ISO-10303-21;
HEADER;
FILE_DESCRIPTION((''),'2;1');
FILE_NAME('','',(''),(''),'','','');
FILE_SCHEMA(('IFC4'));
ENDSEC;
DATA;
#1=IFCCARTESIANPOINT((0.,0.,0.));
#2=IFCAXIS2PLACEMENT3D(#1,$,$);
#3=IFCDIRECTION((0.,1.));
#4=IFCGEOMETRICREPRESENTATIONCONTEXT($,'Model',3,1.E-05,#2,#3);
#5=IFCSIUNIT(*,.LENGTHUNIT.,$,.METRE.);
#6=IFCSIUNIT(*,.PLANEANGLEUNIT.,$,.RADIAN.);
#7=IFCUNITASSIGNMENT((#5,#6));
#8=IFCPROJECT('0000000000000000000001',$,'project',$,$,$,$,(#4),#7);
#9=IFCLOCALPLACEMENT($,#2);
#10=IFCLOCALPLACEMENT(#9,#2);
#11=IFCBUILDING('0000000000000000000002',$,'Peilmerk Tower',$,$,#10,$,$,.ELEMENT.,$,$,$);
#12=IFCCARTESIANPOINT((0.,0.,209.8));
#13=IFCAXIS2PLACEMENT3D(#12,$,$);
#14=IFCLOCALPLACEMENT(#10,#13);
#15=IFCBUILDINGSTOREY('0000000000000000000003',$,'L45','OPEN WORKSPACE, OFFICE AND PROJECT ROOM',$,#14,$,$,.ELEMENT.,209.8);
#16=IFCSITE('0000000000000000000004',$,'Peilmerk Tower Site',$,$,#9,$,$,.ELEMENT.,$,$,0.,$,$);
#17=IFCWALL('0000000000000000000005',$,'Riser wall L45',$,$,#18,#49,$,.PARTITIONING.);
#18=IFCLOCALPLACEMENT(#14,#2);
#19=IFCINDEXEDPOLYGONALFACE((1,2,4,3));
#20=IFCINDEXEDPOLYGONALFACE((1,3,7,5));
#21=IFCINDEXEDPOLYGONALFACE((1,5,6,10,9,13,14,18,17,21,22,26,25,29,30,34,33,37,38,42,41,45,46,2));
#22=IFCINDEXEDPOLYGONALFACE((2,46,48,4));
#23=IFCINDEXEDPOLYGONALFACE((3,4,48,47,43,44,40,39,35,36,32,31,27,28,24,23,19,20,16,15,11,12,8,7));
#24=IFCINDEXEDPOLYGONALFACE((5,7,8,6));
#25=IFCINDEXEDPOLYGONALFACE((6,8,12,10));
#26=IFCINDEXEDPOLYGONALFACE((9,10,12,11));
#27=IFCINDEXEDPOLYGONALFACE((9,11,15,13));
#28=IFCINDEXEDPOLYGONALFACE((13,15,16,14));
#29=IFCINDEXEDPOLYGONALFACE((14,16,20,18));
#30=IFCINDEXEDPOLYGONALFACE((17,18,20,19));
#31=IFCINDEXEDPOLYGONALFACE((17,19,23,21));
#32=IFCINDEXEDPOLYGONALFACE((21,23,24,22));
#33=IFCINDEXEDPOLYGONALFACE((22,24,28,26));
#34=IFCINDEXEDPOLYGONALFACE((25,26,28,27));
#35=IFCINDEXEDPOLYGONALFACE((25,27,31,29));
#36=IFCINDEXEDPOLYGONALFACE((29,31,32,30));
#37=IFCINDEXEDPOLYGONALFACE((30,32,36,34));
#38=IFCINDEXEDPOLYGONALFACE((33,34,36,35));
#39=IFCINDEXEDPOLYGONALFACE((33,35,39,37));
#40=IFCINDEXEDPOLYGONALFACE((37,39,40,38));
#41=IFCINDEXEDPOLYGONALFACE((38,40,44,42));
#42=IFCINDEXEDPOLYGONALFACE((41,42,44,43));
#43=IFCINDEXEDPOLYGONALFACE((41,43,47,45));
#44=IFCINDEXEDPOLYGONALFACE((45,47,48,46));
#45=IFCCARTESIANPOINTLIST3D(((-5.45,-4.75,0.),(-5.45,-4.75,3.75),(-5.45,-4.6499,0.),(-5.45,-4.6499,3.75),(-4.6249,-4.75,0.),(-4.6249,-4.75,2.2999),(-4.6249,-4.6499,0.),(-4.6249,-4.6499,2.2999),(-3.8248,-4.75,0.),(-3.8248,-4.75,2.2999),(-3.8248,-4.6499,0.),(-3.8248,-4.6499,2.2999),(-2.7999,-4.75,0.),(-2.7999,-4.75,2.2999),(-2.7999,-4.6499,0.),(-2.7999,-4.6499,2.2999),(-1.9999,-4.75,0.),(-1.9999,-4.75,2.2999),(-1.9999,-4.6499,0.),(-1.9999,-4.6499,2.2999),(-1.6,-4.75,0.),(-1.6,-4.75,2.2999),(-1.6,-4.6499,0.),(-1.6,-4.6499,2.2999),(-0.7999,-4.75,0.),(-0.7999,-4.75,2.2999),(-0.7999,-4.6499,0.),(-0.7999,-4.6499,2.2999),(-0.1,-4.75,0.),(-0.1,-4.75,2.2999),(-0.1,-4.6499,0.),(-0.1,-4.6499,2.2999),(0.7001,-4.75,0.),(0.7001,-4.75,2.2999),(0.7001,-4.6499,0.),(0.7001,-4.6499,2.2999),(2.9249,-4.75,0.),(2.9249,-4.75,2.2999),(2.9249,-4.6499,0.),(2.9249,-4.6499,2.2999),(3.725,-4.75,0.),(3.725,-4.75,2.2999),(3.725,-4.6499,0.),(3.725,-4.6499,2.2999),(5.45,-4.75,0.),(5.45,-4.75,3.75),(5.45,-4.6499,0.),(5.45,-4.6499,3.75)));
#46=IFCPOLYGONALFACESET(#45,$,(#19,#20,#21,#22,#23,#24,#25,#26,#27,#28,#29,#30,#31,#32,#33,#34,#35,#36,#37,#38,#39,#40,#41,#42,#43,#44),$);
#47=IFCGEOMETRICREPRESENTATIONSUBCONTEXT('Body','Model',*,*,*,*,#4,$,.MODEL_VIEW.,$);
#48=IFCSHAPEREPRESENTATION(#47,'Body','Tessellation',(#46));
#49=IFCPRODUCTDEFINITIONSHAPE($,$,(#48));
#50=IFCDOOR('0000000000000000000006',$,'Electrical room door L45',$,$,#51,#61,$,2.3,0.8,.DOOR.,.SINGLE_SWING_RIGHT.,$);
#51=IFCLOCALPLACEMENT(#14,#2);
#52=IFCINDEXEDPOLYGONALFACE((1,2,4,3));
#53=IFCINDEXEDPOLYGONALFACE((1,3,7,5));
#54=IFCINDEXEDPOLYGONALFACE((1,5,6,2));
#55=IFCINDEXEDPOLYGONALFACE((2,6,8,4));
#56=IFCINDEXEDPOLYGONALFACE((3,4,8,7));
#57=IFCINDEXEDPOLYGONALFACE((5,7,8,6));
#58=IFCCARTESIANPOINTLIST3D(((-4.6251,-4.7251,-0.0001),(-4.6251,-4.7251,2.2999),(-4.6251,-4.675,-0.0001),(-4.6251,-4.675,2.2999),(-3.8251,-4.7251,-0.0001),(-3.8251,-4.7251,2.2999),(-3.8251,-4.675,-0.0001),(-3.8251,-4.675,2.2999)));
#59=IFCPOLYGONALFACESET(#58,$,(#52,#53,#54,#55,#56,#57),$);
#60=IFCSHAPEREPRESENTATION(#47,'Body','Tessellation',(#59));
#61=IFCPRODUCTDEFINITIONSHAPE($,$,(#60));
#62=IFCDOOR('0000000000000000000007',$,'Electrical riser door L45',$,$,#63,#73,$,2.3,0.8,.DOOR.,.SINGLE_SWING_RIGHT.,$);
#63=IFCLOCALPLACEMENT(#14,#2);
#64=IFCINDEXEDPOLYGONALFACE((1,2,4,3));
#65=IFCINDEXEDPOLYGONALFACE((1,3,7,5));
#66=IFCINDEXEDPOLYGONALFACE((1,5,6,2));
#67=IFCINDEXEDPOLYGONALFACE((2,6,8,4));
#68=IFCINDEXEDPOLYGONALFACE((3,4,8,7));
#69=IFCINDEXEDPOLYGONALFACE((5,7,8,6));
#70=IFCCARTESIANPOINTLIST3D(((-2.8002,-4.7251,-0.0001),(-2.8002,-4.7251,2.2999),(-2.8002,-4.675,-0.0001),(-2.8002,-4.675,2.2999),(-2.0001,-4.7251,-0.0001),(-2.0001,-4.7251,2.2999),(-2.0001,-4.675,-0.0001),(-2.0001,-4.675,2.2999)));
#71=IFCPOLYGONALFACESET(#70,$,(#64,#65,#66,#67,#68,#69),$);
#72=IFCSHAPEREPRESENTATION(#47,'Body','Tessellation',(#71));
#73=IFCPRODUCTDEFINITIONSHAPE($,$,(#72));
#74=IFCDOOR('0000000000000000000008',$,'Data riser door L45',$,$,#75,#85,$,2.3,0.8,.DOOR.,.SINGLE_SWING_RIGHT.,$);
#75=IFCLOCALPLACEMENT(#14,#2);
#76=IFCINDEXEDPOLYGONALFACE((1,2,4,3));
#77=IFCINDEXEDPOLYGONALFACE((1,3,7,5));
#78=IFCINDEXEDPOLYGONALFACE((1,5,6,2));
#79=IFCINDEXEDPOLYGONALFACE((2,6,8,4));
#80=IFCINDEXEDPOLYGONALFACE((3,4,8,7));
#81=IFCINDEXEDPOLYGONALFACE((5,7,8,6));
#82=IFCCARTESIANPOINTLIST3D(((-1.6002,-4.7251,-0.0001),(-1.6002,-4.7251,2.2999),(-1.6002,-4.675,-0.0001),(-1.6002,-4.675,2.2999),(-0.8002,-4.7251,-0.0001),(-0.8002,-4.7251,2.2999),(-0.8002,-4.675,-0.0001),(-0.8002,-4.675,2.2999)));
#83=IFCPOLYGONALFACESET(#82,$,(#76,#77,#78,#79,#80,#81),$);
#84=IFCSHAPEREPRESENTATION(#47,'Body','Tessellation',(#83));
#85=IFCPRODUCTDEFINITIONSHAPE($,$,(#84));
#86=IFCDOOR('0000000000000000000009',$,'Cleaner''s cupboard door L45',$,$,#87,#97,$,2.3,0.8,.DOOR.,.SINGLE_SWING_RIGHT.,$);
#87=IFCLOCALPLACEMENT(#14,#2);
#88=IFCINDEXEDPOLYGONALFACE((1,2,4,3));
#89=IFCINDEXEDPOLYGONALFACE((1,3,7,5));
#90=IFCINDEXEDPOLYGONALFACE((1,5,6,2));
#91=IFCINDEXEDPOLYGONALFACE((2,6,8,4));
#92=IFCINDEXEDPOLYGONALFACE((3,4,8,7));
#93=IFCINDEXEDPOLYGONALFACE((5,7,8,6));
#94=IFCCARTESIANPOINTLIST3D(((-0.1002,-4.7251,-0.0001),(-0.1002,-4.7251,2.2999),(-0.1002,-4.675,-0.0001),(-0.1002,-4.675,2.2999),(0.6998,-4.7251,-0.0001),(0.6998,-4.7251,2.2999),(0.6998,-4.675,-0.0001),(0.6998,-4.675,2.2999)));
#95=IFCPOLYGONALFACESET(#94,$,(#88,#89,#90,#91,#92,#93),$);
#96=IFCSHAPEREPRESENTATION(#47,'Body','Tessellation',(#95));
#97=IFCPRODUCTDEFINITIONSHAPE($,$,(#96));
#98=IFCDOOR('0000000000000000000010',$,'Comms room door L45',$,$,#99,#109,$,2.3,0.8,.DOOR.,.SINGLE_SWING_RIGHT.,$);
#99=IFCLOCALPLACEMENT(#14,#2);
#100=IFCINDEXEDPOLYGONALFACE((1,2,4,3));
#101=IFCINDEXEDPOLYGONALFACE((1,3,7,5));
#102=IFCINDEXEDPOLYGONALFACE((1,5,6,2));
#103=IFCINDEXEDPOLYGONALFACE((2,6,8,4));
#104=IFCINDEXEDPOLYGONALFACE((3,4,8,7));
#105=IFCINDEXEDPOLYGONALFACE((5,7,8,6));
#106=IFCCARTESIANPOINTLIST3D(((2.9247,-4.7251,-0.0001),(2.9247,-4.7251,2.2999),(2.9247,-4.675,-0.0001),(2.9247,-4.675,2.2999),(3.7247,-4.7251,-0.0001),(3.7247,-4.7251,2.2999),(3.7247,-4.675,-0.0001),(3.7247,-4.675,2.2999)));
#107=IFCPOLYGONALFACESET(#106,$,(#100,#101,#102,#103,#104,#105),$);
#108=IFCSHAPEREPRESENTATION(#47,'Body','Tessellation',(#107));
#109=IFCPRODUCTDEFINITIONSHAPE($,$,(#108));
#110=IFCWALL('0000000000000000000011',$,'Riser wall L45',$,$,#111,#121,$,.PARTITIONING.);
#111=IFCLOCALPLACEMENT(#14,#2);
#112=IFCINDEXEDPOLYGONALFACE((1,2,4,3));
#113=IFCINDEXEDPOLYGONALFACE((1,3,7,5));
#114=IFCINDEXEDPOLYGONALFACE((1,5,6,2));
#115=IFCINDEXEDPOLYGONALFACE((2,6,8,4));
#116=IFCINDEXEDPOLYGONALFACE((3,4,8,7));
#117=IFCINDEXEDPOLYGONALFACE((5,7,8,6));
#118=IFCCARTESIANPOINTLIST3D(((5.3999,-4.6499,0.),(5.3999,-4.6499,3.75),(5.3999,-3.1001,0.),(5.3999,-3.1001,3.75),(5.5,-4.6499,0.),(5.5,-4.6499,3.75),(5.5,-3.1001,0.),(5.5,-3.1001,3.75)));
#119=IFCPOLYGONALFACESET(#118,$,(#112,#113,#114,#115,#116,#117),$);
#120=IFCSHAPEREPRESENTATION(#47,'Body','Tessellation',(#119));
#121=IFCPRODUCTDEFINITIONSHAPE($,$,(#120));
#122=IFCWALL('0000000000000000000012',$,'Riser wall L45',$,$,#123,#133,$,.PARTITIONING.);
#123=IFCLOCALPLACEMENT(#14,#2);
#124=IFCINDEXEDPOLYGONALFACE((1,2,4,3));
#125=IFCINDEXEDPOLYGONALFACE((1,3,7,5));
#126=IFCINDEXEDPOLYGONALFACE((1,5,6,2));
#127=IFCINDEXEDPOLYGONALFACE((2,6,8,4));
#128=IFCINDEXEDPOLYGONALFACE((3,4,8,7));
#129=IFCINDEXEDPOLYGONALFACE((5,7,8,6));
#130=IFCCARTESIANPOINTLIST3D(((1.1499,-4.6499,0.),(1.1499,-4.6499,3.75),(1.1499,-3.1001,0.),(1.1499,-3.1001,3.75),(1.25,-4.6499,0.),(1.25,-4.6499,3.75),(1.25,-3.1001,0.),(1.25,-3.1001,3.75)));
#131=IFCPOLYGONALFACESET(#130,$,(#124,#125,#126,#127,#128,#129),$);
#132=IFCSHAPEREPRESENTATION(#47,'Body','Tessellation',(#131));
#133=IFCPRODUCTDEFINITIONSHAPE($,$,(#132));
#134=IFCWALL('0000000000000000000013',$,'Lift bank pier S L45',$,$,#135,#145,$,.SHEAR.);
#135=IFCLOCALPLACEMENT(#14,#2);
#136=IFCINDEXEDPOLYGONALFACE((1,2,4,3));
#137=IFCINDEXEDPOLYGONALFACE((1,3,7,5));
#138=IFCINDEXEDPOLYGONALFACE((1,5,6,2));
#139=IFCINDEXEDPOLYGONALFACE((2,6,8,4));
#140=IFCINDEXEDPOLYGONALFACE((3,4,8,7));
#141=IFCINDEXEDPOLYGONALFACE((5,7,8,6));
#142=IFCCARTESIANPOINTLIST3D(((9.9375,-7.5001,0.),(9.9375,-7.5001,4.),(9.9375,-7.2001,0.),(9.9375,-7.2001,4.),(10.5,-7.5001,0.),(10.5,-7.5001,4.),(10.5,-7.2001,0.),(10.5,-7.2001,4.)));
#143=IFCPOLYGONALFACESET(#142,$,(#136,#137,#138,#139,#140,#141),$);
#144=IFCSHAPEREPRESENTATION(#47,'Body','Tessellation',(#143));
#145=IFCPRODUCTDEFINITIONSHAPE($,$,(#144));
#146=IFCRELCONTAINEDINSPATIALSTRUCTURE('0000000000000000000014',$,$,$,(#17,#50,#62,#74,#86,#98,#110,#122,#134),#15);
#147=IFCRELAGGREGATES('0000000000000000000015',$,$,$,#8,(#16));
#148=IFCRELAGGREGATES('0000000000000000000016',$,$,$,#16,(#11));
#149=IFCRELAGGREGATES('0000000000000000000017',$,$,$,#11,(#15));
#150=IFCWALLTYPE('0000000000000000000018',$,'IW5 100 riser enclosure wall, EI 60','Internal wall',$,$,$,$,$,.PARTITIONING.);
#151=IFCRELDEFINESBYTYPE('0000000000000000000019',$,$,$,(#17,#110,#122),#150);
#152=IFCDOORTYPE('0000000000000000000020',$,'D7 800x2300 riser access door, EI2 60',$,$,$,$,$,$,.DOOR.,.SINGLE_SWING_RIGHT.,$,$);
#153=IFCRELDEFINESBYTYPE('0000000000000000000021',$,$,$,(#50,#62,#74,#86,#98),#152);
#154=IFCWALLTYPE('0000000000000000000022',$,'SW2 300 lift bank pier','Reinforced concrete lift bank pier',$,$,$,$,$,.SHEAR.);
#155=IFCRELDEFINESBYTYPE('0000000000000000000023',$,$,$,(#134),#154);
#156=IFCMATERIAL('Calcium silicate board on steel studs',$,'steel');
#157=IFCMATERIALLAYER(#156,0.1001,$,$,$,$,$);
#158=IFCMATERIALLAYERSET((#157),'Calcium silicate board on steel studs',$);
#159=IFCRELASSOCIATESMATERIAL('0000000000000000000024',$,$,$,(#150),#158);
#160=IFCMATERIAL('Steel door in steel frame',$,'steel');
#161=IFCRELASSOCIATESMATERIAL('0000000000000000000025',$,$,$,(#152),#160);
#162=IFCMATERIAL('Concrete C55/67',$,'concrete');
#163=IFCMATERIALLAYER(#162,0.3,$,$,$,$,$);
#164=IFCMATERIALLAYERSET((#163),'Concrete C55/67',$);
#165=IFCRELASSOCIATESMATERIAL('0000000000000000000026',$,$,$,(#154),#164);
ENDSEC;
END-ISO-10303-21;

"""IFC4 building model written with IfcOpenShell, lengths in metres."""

from ifc_helpers import new_model, si_unit, direction, frame, frame_2d, origin, place, context, subcontext, project, spatial, rectangle, extrude, material, layer, layer_set, type_object, element, fill, save


model = new_model("IFC4")

# Units and contexts
model_context = context("Model", 3, precision=1e-05, world=origin(), true_north=direction((0.0, 1.0)))
body_context = subcontext(model_context, "Body", "Model", "MODEL_VIEW")
ifc_project = project(units=[si_unit("LENGTHUNIT", "METRE"), si_unit("PLANEANGLEUNIT", "RADIAN")], contexts=[model_context])

# Site, building, storey
site_placement = place(None, origin())
site = spatial("IfcSite", under=ifc_project, at=site_placement, Name="Peilmerk Tower Site", CompositionType="ELEMENT", RefElevation=0.0)
building_placement = place(site_placement, origin())
building = spatial("IfcBuilding", under=site, at=building_placement, Name="Peilmerk Tower", CompositionType="ELEMENT")
storey_placement = place(building_placement, frame((0.0, 0.0, 209.8)))
storey = spatial("IfcBuildingStorey", under=building, at=storey_placement, Name="L45", Description="OPEN WORKSPACE, OFFICE AND PROJECT ROOM", CompositionType="ELEMENT", Elevation=209.8)

# Shared definitions
ifc_material_1 = material(Name="Steel door in steel frame", Category="steel")

# Shared definitions
ifc_material_2 = material(Name="Calcium silicate board on steel studs", Category="steel")
ifc_layer_1 = layer(ifc_material_2, 0.1001)
ifc_layer_set_1 = layer_set([ifc_layer_1], Name="Calcium silicate board on steel studs")
wall_type_1 = type_object("IfcWallType", Name="IW5 100 riser enclosure wall, EI 60", Description="Internal wall", PredefinedType="PARTITIONING", material=ifc_layer_set_1)

# Wall, openings, doors
wall_1_placement = place(storey_placement, frame((5.45, -4.7, 0.0), z_axis=(0.0, 0.0, 1.0), x_axis=(-1.0, 0.0, 0.0)))
wall_1 = element("IfcWall", 1, at=wall_1_placement, inside=storey, type_object=wall_type_1, Name="Riser wall L45", PredefinedType="PARTITIONING", context=body_context, shape_type="SweptSolid", body=[
    extrude(rectangle(XDim=10.8999, YDim=0.1001, at=frame_2d((5.45, 0.0))), origin(), (0.0, 0.0, 1.0), 3.75),
])
opening_1_placement = place(wall_1_placement, frame((9.2749, 0.0, 0.0)))
opening_1 = element("IfcOpeningElement", 2, at=opening_1_placement, cuts=wall_1, PredefinedType="OPENING", context=body_context, shape_type="SweptSolid", body=[
    extrude(rectangle(XDim=0.8, YDim=2.3, at=frame_2d((0.3999, 1.1499))), frame((0.0, 0.0601, 0.0), z_axis=(0.0, -1.0, 0.0), x_axis=(1.0, 0.0, 0.0)), (0.0, 0.0, 1.0), 0.1201),
])
opening_2_placement = place(wall_1_placement, frame((7.45, 0.0, 0.0)))
opening_2 = element("IfcOpeningElement", 3, at=opening_2_placement, cuts=wall_1, PredefinedType="OPENING", context=body_context, shape_type="SweptSolid", body=[
    extrude(rectangle(XDim=0.8, YDim=2.3, at=frame_2d((0.3999, 1.1499))), frame((0.0, 0.0601, 0.0), z_axis=(0.0, -1.0, 0.0), x_axis=(1.0, 0.0, 0.0)), (0.0, 0.0, 1.0), 0.1201),
])
opening_3_placement = place(wall_1_placement, frame((6.25, 0.0, 0.0)))
opening_3 = element("IfcOpeningElement", 4, at=opening_3_placement, cuts=wall_1, PredefinedType="OPENING", context=body_context, shape_type="SweptSolid", body=[
    extrude(rectangle(XDim=0.8, YDim=2.3, at=frame_2d((0.3999, 1.1499))), frame((0.0, 0.0601, 0.0), z_axis=(0.0, -1.0, 0.0), x_axis=(1.0, 0.0, 0.0)), (0.0, 0.0, 1.0), 0.1201),
])
opening_4_placement = place(wall_1_placement, frame((4.75, 0.0, 0.0)))
opening_4 = element("IfcOpeningElement", 5, at=opening_4_placement, cuts=wall_1, PredefinedType="OPENING", context=body_context, shape_type="SweptSolid", body=[
    extrude(rectangle(XDim=0.8, YDim=2.3, at=frame_2d((0.3999, 1.1499))), frame((0.0, 0.0601, 0.0), z_axis=(0.0, -1.0, 0.0), x_axis=(1.0, 0.0, 0.0)), (0.0, 0.0, 1.0), 0.1201),
])
opening_5_placement = place(wall_1_placement, frame((1.7251, 0.0, 0.0)))
opening_5 = element("IfcOpeningElement", 6, at=opening_5_placement, cuts=wall_1, PredefinedType="OPENING", context=body_context, shape_type="SweptSolid", body=[
    extrude(rectangle(XDim=0.8, YDim=2.3, at=frame_2d((0.3999, 1.1499))), frame((0.0, 0.0601, 0.0), z_axis=(0.0, -1.0, 0.0), x_axis=(1.0, 0.0, 0.0)), (0.0, 0.0, 1.0), 0.1201),
])
door_type_1 = type_object("IfcDoorType", Name="D7 800x2300 riser access door, EI2 60", OperationType="SINGLE_SWING_RIGHT", PredefinedType="DOOR", material=ifc_material_1)
door_1_placement = place(opening_1_placement, frame((0.8, 0.0, 0.0), z_axis=(0.0, 0.0, 1.0), x_axis=(-1.0, 0.0, 0.0)))
door_1 = element("IfcDoor", 7, at=door_1_placement, inside=storey, type_object=door_type_1, Name="Electrical room door L45", OperationType="SINGLE_SWING_RIGHT", OverallHeight=2.3, OverallWidth=0.8, PredefinedType="DOOR", context=body_context, shape_type="SweptSolid", body=[
    extrude(rectangle(XDim=0.8, YDim=2.3, at=frame_2d((0.3999, 1.1499))), frame((0.0, 0.0249, 0.0), z_axis=(0.0, -1.0, 0.0), x_axis=(1.0, 0.0, 0.0)), (0.0, 0.0, 1.0), 0.05),
])
fill(opening_1, door_1)
door_2_placement = place(opening_2_placement, frame((0.8, 0.0, 0.0), z_axis=(0.0, 0.0, 1.0), x_axis=(-1.0, 0.0, 0.0)))
door_2 = element("IfcDoor", 8, at=door_2_placement, inside=storey, type_object=door_type_1, Name="Electrical riser door L45", OperationType="SINGLE_SWING_RIGHT", OverallHeight=2.3, OverallWidth=0.8, PredefinedType="DOOR", context=body_context, shape_type="SweptSolid", body=[
    extrude(rectangle(XDim=0.8, YDim=2.3, at=frame_2d((0.3999, 1.1499))), frame((0.0, 0.0249, 0.0), z_axis=(0.0, -1.0, 0.0), x_axis=(1.0, 0.0, 0.0)), (0.0, 0.0, 1.0), 0.05),
])
fill(opening_2, door_2)
door_3_placement = place(opening_3_placement, frame((0.8, 0.0, 0.0), z_axis=(0.0, 0.0, 1.0), x_axis=(-1.0, 0.0, 0.0)))
door_3 = element("IfcDoor", 9, at=door_3_placement, inside=storey, type_object=door_type_1, Name="Data riser door L45", OperationType="SINGLE_SWING_RIGHT", OverallHeight=2.3, OverallWidth=0.8, PredefinedType="DOOR", context=body_context, shape_type="SweptSolid", body=[
    extrude(rectangle(XDim=0.8, YDim=2.3, at=frame_2d((0.3999, 1.1499))), frame((0.0, 0.0249, 0.0), z_axis=(0.0, -1.0, 0.0), x_axis=(1.0, 0.0, 0.0)), (0.0, 0.0, 1.0), 0.05),
])
fill(opening_3, door_3)
door_4_placement = place(opening_4_placement, frame((0.8, 0.0, 0.0), z_axis=(0.0, 0.0, 1.0), x_axis=(-1.0, 0.0, 0.0)))
door_4 = element("IfcDoor", 10, at=door_4_placement, inside=storey, type_object=door_type_1, Name="Cleaner's cupboard door L45", OperationType="SINGLE_SWING_RIGHT", OverallHeight=2.3, OverallWidth=0.8, PredefinedType="DOOR", context=body_context, shape_type="SweptSolid", body=[
    extrude(rectangle(XDim=0.8, YDim=2.3, at=frame_2d((0.3999, 1.1499))), frame((0.0, 0.0249, 0.0), z_axis=(0.0, -1.0, 0.0), x_axis=(1.0, 0.0, 0.0)), (0.0, 0.0, 1.0), 0.05),
])
fill(opening_4, door_4)
door_5_placement = place(opening_5_placement, frame((0.8, 0.0, 0.0), z_axis=(0.0, 0.0, 1.0), x_axis=(-1.0, 0.0, 0.0)))
door_5 = element("IfcDoor", 11, at=door_5_placement, inside=storey, type_object=door_type_1, Name="Comms room door L45", OperationType="SINGLE_SWING_RIGHT", OverallHeight=2.3, OverallWidth=0.8, PredefinedType="DOOR", context=body_context, shape_type="SweptSolid", body=[
    extrude(rectangle(XDim=0.8, YDim=2.3, at=frame_2d((0.3999, 1.1499))), frame((0.0, 0.0249, 0.0), z_axis=(0.0, -1.0, 0.0), x_axis=(1.0, 0.0, 0.0)), (0.0, 0.0, 1.0), 0.05),
])
fill(opening_5, door_5)

# Walls
for number, where, z_axis, x_axis, name in (
    (12, (5.45, -3.1001, 0.0), (0.0, 0.0, 1.0), (0.0, -1.0, 0.0), "Riser wall L45"),
    (13, (1.2, -3.1001, 0.0), (0.0, 0.0, 1.0), (0.0, -1.0, 0.0), "Riser wall L45"),
):
    element("IfcWall", number, at=place(storey_placement, frame(where, z_axis=z_axis, x_axis=x_axis)), inside=storey, type_object=wall_type_1, Name=name, PredefinedType="PARTITIONING", context=body_context, shape_type="SweptSolid", body=[
        extrude(rectangle(XDim=1.5498, YDim=0.1001, at=frame_2d((0.7749, 0.0))), origin(), (0.0, 0.0, 1.0), 3.75),
    ])
ifc_material_3 = material(Name="Concrete C55/67", Category="concrete")
ifc_layer_2 = layer(ifc_material_3, 0.3)
ifc_layer_set_2 = layer_set([ifc_layer_2], Name="Concrete C55/67")
wall_type_2 = type_object("IfcWallType", Name="SW2 300 lift bank pier", Description="Reinforced concrete lift bank pier", PredefinedType="SHEAR", material=ifc_layer_set_2)
wall_2_placement = place(storey_placement, frame((9.9375, -7.3501, 0.0), z_axis=(0.0, 0.0, 1.0), x_axis=(1.0, 0.0, 0.0)))
element("IfcWall", 14, at=wall_2_placement, inside=storey, type_object=wall_type_2, Name="Lift bank pier S L45", PredefinedType="SHEAR", context=body_context, shape_type="SweptSolid", body=[
    extrude(rectangle(XDim=0.5625, YDim=0.3, at=frame_2d((0.2812, 0.0))), origin(), (0.0, 0.0, 1.0), 4.0),
])

save(model, "model.ifc")
